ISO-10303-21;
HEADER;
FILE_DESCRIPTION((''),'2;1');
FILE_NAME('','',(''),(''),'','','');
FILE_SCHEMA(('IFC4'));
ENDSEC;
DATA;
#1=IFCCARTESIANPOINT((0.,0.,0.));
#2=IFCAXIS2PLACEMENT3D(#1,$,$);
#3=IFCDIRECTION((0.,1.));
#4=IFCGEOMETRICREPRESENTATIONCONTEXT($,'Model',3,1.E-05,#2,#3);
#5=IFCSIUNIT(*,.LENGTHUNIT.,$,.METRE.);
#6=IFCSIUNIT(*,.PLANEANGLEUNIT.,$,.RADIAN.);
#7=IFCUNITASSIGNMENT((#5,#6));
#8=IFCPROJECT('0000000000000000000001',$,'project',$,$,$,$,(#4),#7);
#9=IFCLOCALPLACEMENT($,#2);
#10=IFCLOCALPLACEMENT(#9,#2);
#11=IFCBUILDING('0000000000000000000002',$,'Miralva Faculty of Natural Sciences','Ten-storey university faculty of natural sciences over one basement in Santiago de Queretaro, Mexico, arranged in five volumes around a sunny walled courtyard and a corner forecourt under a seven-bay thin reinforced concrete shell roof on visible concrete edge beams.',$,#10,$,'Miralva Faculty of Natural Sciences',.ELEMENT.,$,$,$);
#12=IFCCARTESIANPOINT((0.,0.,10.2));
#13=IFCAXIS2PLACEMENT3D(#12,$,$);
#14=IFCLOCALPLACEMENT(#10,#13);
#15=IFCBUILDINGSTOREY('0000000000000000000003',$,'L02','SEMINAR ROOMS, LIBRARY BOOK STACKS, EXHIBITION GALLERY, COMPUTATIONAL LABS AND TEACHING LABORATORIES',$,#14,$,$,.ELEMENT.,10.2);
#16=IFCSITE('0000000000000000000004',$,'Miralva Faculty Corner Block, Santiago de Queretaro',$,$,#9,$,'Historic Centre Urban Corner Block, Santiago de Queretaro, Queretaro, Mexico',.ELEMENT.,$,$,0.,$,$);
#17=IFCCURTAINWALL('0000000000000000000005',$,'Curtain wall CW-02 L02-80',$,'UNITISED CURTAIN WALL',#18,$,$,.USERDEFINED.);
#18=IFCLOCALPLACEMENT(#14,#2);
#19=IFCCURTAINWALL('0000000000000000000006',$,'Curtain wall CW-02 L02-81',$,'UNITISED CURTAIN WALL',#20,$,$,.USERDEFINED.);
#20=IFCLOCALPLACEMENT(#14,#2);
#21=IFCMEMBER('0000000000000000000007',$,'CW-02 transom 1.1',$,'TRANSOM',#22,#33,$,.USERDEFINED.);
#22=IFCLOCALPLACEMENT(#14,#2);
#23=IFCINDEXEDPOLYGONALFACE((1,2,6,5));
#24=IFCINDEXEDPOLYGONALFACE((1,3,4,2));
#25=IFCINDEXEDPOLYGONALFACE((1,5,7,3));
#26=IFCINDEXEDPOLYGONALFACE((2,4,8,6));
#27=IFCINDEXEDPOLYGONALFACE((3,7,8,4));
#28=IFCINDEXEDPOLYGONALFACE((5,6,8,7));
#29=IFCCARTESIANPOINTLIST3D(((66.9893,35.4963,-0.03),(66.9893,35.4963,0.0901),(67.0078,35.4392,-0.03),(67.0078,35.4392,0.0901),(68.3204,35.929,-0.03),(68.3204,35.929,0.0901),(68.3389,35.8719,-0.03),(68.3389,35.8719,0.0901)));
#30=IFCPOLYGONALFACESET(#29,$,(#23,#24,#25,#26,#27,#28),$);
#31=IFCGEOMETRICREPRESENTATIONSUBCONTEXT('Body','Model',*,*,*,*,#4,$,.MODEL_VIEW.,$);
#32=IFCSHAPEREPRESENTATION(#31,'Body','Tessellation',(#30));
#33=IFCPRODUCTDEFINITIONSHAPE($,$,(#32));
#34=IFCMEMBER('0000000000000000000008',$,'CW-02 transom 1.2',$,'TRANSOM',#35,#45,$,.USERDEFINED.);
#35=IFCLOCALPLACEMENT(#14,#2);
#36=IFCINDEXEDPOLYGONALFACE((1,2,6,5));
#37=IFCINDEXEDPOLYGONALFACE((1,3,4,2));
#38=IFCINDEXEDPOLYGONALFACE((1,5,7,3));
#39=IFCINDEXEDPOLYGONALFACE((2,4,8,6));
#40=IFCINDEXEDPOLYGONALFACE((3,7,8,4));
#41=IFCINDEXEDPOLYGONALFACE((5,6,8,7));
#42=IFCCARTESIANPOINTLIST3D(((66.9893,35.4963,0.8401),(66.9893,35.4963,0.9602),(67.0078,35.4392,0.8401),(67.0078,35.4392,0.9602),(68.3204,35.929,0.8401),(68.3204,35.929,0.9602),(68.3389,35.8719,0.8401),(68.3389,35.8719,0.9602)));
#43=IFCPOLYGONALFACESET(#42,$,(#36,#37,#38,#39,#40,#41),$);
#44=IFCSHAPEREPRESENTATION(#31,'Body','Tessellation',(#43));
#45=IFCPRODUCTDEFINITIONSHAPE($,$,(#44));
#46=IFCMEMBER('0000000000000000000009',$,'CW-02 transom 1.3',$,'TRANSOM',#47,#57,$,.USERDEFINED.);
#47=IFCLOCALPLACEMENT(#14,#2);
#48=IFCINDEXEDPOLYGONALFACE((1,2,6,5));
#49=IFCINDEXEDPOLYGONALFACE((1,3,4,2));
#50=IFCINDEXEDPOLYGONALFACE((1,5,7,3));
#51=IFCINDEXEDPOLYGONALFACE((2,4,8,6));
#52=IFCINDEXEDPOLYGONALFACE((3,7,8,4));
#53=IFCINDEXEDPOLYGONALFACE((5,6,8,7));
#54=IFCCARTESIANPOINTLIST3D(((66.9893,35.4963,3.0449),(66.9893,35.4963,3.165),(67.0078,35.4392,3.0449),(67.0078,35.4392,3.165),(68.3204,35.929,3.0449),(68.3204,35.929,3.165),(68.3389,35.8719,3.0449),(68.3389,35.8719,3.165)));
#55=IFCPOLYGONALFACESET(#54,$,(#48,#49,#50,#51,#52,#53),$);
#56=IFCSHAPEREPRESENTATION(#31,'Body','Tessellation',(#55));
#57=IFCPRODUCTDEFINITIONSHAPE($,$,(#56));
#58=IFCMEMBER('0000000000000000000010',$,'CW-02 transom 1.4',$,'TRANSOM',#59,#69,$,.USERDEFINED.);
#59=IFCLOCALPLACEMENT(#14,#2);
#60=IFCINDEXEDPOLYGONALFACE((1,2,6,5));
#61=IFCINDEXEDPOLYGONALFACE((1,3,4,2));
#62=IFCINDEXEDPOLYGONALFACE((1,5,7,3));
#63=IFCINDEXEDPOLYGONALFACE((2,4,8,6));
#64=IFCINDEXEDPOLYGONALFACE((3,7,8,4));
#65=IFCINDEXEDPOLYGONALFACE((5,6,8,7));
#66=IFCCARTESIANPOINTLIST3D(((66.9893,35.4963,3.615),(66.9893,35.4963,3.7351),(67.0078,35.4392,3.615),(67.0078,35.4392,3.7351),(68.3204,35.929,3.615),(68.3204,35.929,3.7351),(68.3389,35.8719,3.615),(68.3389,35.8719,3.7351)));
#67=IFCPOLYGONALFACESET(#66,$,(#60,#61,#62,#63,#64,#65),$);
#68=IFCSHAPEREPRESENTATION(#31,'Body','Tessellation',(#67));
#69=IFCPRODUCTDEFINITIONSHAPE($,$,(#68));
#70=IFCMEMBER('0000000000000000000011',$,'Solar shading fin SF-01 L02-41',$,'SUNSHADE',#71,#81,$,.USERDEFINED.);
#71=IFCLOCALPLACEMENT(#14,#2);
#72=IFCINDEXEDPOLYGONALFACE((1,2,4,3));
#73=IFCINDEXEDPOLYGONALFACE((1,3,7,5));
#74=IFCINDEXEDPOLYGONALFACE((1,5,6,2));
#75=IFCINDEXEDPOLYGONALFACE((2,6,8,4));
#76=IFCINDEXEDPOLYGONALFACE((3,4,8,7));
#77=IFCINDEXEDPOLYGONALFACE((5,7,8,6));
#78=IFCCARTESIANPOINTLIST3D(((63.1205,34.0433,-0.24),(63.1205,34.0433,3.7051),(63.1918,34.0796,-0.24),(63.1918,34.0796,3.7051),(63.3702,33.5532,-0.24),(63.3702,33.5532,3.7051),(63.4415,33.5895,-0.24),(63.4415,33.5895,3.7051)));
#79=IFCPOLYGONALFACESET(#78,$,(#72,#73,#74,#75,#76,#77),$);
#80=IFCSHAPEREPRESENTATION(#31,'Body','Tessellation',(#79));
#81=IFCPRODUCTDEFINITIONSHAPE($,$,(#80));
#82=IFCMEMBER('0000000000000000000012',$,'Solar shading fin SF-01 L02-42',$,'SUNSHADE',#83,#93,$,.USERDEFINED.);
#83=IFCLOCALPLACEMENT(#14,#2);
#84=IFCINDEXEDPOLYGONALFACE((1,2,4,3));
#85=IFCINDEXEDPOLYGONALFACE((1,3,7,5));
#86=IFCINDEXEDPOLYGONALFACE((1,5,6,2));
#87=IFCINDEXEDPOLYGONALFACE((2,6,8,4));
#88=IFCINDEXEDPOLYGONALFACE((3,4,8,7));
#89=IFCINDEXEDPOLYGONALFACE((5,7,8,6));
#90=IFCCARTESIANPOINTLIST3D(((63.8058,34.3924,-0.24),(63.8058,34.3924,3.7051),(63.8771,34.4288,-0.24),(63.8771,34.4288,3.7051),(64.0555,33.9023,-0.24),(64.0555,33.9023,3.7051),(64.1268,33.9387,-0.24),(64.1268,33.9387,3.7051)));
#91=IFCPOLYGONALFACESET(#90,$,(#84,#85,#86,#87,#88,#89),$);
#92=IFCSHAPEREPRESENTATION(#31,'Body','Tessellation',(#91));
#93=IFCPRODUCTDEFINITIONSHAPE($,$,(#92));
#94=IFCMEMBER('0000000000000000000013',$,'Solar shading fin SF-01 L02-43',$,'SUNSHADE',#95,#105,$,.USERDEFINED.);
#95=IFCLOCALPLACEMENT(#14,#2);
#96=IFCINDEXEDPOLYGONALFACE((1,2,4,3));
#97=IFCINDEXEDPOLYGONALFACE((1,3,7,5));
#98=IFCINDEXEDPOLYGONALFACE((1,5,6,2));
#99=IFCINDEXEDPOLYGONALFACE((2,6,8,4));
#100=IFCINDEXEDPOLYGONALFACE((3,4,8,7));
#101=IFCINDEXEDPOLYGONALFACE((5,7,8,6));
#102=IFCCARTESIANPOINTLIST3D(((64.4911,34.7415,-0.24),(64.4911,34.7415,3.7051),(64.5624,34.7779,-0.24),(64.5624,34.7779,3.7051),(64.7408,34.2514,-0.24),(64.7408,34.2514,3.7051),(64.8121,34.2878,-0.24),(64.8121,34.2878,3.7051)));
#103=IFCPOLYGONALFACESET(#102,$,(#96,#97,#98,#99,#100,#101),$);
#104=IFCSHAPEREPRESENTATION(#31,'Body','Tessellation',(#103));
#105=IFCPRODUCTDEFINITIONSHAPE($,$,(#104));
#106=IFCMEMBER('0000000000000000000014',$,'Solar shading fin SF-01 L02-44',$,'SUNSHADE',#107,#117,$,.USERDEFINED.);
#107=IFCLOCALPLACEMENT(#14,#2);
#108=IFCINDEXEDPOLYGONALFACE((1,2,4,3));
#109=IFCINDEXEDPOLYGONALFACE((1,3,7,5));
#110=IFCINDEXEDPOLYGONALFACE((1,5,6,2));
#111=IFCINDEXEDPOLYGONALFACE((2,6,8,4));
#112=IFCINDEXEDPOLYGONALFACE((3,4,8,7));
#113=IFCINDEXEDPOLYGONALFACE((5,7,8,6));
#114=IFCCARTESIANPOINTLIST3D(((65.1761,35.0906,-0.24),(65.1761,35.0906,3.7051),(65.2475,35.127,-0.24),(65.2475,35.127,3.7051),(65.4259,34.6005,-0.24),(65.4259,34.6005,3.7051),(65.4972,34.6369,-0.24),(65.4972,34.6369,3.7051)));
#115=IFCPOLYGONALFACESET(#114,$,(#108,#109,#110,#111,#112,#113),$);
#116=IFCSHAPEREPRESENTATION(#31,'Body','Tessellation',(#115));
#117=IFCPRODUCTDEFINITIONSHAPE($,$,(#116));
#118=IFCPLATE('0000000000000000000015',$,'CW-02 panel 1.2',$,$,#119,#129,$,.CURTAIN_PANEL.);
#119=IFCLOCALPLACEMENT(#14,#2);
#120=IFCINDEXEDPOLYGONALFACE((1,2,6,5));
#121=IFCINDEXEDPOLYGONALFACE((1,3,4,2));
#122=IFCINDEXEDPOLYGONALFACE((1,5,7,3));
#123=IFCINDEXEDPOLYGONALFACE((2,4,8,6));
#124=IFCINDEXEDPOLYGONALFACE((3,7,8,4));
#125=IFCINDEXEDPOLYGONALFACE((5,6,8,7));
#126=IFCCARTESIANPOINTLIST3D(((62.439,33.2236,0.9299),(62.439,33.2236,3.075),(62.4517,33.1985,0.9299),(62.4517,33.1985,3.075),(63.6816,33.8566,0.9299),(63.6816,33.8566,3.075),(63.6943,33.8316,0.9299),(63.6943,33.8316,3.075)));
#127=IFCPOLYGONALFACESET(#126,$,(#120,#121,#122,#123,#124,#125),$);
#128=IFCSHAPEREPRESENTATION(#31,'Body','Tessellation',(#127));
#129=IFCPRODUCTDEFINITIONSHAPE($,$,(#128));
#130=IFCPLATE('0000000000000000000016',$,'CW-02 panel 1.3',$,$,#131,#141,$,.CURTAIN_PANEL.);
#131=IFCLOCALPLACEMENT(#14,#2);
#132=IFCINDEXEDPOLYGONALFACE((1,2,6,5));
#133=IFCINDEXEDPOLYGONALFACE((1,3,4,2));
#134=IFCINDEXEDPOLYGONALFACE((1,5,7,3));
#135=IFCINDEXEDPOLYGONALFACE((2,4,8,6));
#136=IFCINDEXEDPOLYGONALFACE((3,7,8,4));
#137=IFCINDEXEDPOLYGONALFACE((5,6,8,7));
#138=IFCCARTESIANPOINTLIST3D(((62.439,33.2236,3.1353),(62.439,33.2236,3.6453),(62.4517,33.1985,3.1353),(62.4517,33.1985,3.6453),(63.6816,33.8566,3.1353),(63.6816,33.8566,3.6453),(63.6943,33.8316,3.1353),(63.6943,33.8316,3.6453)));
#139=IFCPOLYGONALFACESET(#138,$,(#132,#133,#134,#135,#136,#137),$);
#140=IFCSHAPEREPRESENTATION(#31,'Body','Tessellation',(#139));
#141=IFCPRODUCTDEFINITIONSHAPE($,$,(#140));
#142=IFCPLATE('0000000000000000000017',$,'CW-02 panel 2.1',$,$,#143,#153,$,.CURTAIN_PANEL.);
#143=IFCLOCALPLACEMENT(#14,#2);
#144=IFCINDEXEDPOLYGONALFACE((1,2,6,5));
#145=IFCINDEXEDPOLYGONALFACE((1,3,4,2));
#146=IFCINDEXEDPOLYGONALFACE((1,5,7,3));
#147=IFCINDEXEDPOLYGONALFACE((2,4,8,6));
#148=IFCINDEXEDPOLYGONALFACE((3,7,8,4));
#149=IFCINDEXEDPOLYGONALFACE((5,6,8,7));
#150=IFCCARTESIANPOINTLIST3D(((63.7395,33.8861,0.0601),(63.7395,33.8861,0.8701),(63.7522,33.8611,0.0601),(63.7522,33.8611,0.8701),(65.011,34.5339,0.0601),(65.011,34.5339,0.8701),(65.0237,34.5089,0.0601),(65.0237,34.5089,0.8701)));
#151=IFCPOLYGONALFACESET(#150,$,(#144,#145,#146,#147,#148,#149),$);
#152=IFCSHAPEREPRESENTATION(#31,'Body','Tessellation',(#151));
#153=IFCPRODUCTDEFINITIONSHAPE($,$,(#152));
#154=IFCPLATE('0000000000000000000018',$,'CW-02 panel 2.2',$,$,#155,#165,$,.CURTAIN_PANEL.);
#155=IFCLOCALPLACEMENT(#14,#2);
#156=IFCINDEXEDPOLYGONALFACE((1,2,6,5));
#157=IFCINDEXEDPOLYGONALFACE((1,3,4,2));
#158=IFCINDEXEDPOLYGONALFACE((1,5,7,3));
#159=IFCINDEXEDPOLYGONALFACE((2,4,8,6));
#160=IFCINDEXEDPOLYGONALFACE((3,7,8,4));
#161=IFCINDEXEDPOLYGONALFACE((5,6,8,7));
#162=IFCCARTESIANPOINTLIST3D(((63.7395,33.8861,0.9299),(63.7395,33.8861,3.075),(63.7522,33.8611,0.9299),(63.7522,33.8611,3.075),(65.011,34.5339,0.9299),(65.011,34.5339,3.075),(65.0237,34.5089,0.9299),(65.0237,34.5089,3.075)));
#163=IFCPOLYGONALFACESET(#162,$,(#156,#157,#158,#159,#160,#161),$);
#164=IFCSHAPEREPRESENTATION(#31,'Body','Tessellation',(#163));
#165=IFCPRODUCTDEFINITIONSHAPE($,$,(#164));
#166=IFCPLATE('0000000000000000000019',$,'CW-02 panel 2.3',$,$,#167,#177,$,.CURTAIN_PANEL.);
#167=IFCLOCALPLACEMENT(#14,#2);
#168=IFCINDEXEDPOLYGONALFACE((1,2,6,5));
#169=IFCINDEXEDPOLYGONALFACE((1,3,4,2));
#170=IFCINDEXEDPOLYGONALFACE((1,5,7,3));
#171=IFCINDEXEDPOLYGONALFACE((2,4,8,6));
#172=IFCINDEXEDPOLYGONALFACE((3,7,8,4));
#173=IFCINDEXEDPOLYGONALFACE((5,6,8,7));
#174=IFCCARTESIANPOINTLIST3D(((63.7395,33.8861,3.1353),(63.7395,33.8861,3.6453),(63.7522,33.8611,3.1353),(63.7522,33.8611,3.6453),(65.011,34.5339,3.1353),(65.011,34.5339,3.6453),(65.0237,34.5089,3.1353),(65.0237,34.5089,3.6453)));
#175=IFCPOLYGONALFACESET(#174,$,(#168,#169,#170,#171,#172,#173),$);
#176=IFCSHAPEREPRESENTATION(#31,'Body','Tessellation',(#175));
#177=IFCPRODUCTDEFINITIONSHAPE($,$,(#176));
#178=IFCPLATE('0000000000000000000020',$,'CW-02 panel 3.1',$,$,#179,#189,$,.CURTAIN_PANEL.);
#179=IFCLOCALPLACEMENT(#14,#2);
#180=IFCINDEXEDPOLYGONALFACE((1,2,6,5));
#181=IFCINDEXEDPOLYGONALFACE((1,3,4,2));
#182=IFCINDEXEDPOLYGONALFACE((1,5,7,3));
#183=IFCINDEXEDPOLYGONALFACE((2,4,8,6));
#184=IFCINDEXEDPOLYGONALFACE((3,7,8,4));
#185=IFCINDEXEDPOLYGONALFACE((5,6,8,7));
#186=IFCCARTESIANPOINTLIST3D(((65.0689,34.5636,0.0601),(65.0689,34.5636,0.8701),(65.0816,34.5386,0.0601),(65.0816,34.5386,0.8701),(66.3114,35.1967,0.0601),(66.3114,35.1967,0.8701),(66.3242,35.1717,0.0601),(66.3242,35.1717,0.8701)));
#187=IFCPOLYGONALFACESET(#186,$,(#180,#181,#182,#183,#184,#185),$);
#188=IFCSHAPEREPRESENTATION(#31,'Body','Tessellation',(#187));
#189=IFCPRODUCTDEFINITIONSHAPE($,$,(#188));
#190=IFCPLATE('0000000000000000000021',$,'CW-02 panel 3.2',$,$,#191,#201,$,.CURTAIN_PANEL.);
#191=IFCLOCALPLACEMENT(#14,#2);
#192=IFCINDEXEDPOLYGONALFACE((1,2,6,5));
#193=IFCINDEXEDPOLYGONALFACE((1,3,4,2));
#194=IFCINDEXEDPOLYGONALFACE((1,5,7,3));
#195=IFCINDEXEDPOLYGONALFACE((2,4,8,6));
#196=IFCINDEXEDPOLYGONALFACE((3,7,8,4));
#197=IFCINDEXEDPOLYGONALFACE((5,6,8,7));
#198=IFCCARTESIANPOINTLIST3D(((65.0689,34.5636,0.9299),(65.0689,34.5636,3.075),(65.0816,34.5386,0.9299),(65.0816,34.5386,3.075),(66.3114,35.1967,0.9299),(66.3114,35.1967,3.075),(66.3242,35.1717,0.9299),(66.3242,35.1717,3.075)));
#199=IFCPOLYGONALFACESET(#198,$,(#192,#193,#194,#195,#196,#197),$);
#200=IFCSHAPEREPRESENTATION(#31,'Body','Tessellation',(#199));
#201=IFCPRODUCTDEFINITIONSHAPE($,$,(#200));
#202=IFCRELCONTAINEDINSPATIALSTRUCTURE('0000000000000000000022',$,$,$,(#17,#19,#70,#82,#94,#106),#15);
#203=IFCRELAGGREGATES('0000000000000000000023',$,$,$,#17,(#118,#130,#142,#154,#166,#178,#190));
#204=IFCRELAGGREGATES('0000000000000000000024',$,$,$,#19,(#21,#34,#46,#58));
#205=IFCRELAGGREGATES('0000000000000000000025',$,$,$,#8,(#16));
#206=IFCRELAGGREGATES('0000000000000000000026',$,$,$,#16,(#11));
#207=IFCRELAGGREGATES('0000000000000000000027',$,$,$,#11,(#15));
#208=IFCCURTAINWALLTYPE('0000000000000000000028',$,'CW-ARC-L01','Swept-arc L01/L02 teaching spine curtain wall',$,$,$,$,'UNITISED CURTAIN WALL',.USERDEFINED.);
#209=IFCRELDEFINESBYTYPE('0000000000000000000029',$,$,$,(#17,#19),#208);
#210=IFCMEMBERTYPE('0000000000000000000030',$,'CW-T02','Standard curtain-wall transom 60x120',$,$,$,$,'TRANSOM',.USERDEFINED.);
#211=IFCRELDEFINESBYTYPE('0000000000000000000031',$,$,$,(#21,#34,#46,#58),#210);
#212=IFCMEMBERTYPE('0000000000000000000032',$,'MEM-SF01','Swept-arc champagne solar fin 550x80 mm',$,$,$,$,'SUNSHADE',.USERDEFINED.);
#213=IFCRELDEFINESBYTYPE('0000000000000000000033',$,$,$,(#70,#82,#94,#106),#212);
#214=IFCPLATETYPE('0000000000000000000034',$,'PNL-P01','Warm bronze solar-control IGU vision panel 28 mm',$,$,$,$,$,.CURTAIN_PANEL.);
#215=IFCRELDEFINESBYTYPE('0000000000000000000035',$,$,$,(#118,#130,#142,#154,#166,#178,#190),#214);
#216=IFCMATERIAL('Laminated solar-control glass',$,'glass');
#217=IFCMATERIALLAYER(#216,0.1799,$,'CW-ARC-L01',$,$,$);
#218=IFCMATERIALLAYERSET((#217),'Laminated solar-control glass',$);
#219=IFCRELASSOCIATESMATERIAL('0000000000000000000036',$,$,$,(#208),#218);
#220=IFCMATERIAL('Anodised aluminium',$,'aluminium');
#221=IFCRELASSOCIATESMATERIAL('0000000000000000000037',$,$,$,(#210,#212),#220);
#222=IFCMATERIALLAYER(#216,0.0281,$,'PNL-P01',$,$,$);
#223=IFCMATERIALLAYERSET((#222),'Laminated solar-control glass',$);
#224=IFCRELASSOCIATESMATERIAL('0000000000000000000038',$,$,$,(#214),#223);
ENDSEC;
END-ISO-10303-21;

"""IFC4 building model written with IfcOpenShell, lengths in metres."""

from ifc_helpers import new_model, si_unit, direction, frame, origin, origin_2d, place, context, subcontext, project, spatial, rectangle, extrude, material, layer, layer_set, material_profile, profile_set, type_object, element, aggregate, save


model = new_model("IFC4")

# Units and contexts
model_context = context("Model", 3, precision=1e-05, world=origin(), true_north=direction((0.0, 1.0)))
body_context = subcontext(model_context, "Body", "Model", "MODEL_VIEW")
ifc_project = project(units=[si_unit("LENGTHUNIT", "METRE"), si_unit("PLANEANGLEUNIT", "RADIAN")], contexts=[model_context])

# Site, building, storey
site_placement = place(None, origin())
site = spatial("IfcSite", under=ifc_project, at=site_placement, Name="Miralva Faculty Corner Block, Santiago de Queretaro", LongName="Historic Centre Urban Corner Block, Santiago de Queretaro, Queretaro, Mexico", CompositionType="ELEMENT", RefElevation=0.0)
building_placement = place(site_placement, origin())
building = spatial("IfcBuilding", under=site, at=building_placement, Name="Miralva Faculty of Natural Sciences", Description="Ten-storey university faculty of natural sciences over one basement in Santiago de Queretaro, Mexico, arranged in five volumes around a sunny walled courtyard and a corner forecourt under a seven-bay thin reinforced concrete shell roof on visible concrete edge beams.", LongName="Miralva Faculty of Natural Sciences", CompositionType="ELEMENT")
storey_placement = place(building_placement, frame((0.0, 0.0, 10.2)))
storey = spatial("IfcBuildingStorey", under=building, at=storey_placement, Name="L02", Description="SEMINAR ROOMS, LIBRARY BOOK STACKS, EXHIBITION GALLERY, COMPUTATIONAL LABS AND TEACHING LABORATORIES", CompositionType="ELEMENT", Elevation=10.2)

# Curtain wall
ifc_material_1 = material(Name="Laminated solar-control glass", Category="glass")
ifc_layer_1 = layer(ifc_material_1, 0.1799, Name="CW-ARC-L01")
ifc_layer_set_1 = layer_set([ifc_layer_1], Name="Laminated solar-control glass")
curtain_wall_type = type_object("IfcCurtainWallType", Name="CW-ARC-L01", Description="Swept-arc L01/L02 teaching spine curtain wall", ElementType="UNITISED CURTAIN WALL", PredefinedType="USERDEFINED", material=ifc_layer_set_1)
curtain_wall_1_placement = place(storey_placement, origin())
curtain_wall_1 = element("IfcCurtainWall", 1, at=curtain_wall_1_placement, inside=storey, type_object=curtain_wall_type, Name="Curtain wall CW-02 L02-80", ObjectType="UNITISED CURTAIN WALL", PredefinedType="USERDEFINED")
ifc_material_2 = material(Name="Anodised aluminium", Category="aluminium")

# Curtain wall
curtain_wall_2_placement = place(storey_placement, origin())
curtain_wall_2 = element("IfcCurtainWall", 2, at=curtain_wall_2_placement, inside=storey, type_object=curtain_wall_type, Name="Curtain wall CW-02 L02-81", ObjectType="UNITISED CURTAIN WALL", PredefinedType="USERDEFINED")

# Members
ifc_material_profile_1 = material_profile(ifc_material_2, rectangle(XDim=0.0601, YDim=0.1201, at=origin_2d()), Name="TRANSOM 60x120")
ifc_profile_set_1 = profile_set([ifc_material_profile_1], Name="Anodised aluminium")
member_type_1 = type_object("IfcMemberType", Name="CW-T02", Description="Standard curtain-wall transom 60x120", ElementType="TRANSOM", PredefinedType="USERDEFINED", material=ifc_profile_set_1)
member_1_placement = place(storey_placement, frame((66.9985, 35.4678, 0.03), z_axis=(0.951029, 0.309102, 0.0), x_axis=(-0.309102, 0.951029, 0.0)))
member_1 = element("IfcMember", 3, at=member_1_placement, type_object=member_type_1, Name="CW-02 transom 1.1", ObjectType="TRANSOM", PredefinedType="USERDEFINED", context=body_context, shape_type="SweptSolid", body=[
    extrude(rectangle(XDim=0.0601, YDim=0.1201, at=origin_2d()), origin(), (0.0, 0.0, 1.0), 1.3997),
])
member_2_placement = place(storey_placement, frame((66.9985, 35.4678, 0.9001), z_axis=(0.951029, 0.309102, 0.0), x_axis=(-0.309102, 0.951029, 0.0)))
member_2 = element("IfcMember", 4, at=member_2_placement, type_object=member_type_1, Name="CW-02 transom 1.2", ObjectType="TRANSOM", PredefinedType="USERDEFINED", context=body_context, shape_type="SweptSolid", body=[
    extrude(rectangle(XDim=0.0601, YDim=0.1201, at=origin_2d()), origin(), (0.0, 0.0, 1.0), 1.3997),
])
member_3_placement = place(storey_placement, frame((66.9985, 35.4678, 3.105), z_axis=(0.951029, 0.309102, 0.0), x_axis=(-0.309102, 0.951029, 0.0)))
member_3 = element("IfcMember", 5, at=member_3_placement, type_object=member_type_1, Name="CW-02 transom 1.3", ObjectType="TRANSOM", PredefinedType="USERDEFINED", context=body_context, shape_type="SweptSolid", body=[
    extrude(rectangle(XDim=0.0601, YDim=0.1201, at=origin_2d()), origin(), (0.0, 0.0, 1.0), 1.3997),
])
member_4_placement = place(storey_placement, frame((66.9985, 35.4678, 3.675), z_axis=(0.951029, 0.309102, 0.0), x_axis=(-0.309102, 0.951029, 0.0)))
member_4 = element("IfcMember", 6, at=member_4_placement, type_object=member_type_1, Name="CW-02 transom 1.4", ObjectType="TRANSOM", PredefinedType="USERDEFINED", context=body_context, shape_type="SweptSolid", body=[
    extrude(rectangle(XDim=0.0601, YDim=0.1201, at=origin_2d()), origin(), (0.0, 0.0, 1.0), 1.3997),
])

# Members
ifc_material_profile_2 = material_profile(ifc_material_2, rectangle(XDim=0.0801, YDim=0.55, at=origin_2d()), Name="FIN 550x80")
ifc_profile_set_2 = profile_set([ifc_material_profile_2], Name="Anodised aluminium")
member_type_2 = type_object("IfcMemberType", Name="MEM-SF01", Description="Swept-arc champagne solar fin 550x80 mm", ElementType="SUNSHADE", PredefinedType="USERDEFINED", material=ifc_profile_set_2)
for number, where, z_axis, x_axis, name in (
    (7, (63.281, 33.8164, -0.24), (0.0, 0.0, 1.0), (-0.891007, -0.45399, 0.0), "Solar shading fin SF-01 L02-41"),
    (8, (63.9663, 34.1655, -0.24), (0.0, 0.0, 1.0), (-0.891007, -0.45399, 0.0), "Solar shading fin SF-01 L02-42"),
    (9, (64.6516, 34.5146, -0.24), (0.0, 0.0, 1.0), (-0.891007, -0.45399, 0.0), "Solar shading fin SF-01 L02-43"),
    (10, (65.3367, 34.8638, -0.24), (0.0, 0.0, 1.0), (-0.891007, -0.45399, 0.0), "Solar shading fin SF-01 L02-44"),
):
    element("IfcMember", number, at=place(storey_placement, frame(where, z_axis=z_axis, x_axis=x_axis)), inside=storey, type_object=member_type_2, Name=name, ObjectType="SUNSHADE", PredefinedType="USERDEFINED", context=body_context, shape_type="SweptSolid", body=[
        extrude(rectangle(XDim=0.0801, YDim=0.55, at=origin_2d()), origin(), (0.0, 0.0, 1.0), 3.9451),
    ])

# Plates
ifc_layer_2 = layer(ifc_material_1, 0.0281, Name="PNL-P01")
ifc_layer_set_2 = layer_set([ifc_layer_2], Name="Laminated solar-control glass")
plate_type = type_object("IfcPlateType", Name="PNL-P01", Description="Warm bronze solar-control IGU vision panel 28 mm", PredefinedType="CURTAIN_PANEL", material=ifc_layer_set_2)
plate_1_placement = place(storey_placement, frame((63.0667, 33.5276, 0.9299), z_axis=(0.0, 0.0, 1.0), x_axis=(0.891015, 0.453975, 0.0)))
plate_1 = element("IfcPlate", 11, at=plate_1_placement, type_object=plate_type, Name="CW-02 panel 1.2", PredefinedType="CURTAIN_PANEL", context=body_context, shape_type="SweptSolid", body=[
    extrude(rectangle(XDim=1.3945, YDim=0.0281, at=origin_2d()), origin(), (0.0, 0.0, 1.0), 2.145),
])
plate_2_placement = place(storey_placement, frame((63.0667, 33.5276, 3.1353), z_axis=(0.0, 0.0, 1.0), x_axis=(0.891015, 0.453975, 0.0)))
plate_2 = element("IfcPlate", 12, at=plate_2_placement, type_object=plate_type, Name="CW-02 panel 1.3", PredefinedType="CURTAIN_PANEL", context=body_context, shape_type="SweptSolid", body=[
    extrude(rectangle(XDim=1.3945, YDim=0.0281, at=origin_2d()), origin(), (0.0, 0.0, 1.0), 0.51),
])
plate_3_placement = place(storey_placement, frame((64.3816, 34.1975, 0.0601), z_axis=(0.0, 0.0, 1.0), x_axis=(0.891015, 0.453975, 0.0)))
plate_3 = element("IfcPlate", 13, at=plate_3_placement, type_object=plate_type, Name="CW-02 panel 2.1", PredefinedType="CURTAIN_PANEL", context=body_context, shape_type="SweptSolid", body=[
    extrude(rectangle(XDim=1.427, YDim=0.0281, at=origin_2d()), origin(), (0.0, 0.0, 1.0), 0.8101),
])
plate_4_placement = place(storey_placement, frame((64.3816, 34.1975, 0.9299), z_axis=(0.0, 0.0, 1.0), x_axis=(0.891015, 0.453975, 0.0)))
plate_4 = element("IfcPlate", 14, at=plate_4_placement, type_object=plate_type, Name="CW-02 panel 2.2", PredefinedType="CURTAIN_PANEL", context=body_context, shape_type="SweptSolid", body=[
    extrude(rectangle(XDim=1.427, YDim=0.0281, at=origin_2d()), origin(), (0.0, 0.0, 1.0), 2.145),
])
plate_5_placement = place(storey_placement, frame((64.3816, 34.1975, 3.1353), z_axis=(0.0, 0.0, 1.0), x_axis=(0.891015, 0.453975, 0.0)))
plate_5 = element("IfcPlate", 15, at=plate_5_placement, type_object=plate_type, Name="CW-02 panel 2.3", PredefinedType="CURTAIN_PANEL", context=body_context, shape_type="SweptSolid", body=[
    extrude(rectangle(XDim=1.427, YDim=0.0281, at=origin_2d()), origin(), (0.0, 0.0, 1.0), 0.51),
])
plate_6_placement = place(storey_placement, frame((65.6965, 34.8677, 0.0601), z_axis=(0.0, 0.0, 1.0), x_axis=(0.891015, 0.453975, 0.0)))
plate_6 = element("IfcPlate", 16, at=plate_6_placement, type_object=plate_type, Name="CW-02 panel 3.1", PredefinedType="CURTAIN_PANEL", context=body_context, shape_type="SweptSolid", body=[
    extrude(rectangle(XDim=1.3945, YDim=0.0281, at=origin_2d()), origin(), (0.0, 0.0, 1.0), 0.8101),
])
plate_7_placement = place(storey_placement, frame((65.6965, 34.8677, 0.9299), z_axis=(0.0, 0.0, 1.0), x_axis=(0.891015, 0.453975, 0.0)))
plate_7 = element("IfcPlate", 17, at=plate_7_placement, type_object=plate_type, Name="CW-02 panel 3.2", PredefinedType="CURTAIN_PANEL", context=body_context, shape_type="SweptSolid", body=[
    extrude(rectangle(XDim=1.3945, YDim=0.0281, at=origin_2d()), origin(), (0.0, 0.0, 1.0), 2.145),
])
aggregate(curtain_wall_1, [plate_1, plate_2, plate_3, plate_4, plate_5, plate_6, plate_7])
aggregate(curtain_wall_2, [member_1, member_2, member_3, member_4])

save(model, "model.ifc")
